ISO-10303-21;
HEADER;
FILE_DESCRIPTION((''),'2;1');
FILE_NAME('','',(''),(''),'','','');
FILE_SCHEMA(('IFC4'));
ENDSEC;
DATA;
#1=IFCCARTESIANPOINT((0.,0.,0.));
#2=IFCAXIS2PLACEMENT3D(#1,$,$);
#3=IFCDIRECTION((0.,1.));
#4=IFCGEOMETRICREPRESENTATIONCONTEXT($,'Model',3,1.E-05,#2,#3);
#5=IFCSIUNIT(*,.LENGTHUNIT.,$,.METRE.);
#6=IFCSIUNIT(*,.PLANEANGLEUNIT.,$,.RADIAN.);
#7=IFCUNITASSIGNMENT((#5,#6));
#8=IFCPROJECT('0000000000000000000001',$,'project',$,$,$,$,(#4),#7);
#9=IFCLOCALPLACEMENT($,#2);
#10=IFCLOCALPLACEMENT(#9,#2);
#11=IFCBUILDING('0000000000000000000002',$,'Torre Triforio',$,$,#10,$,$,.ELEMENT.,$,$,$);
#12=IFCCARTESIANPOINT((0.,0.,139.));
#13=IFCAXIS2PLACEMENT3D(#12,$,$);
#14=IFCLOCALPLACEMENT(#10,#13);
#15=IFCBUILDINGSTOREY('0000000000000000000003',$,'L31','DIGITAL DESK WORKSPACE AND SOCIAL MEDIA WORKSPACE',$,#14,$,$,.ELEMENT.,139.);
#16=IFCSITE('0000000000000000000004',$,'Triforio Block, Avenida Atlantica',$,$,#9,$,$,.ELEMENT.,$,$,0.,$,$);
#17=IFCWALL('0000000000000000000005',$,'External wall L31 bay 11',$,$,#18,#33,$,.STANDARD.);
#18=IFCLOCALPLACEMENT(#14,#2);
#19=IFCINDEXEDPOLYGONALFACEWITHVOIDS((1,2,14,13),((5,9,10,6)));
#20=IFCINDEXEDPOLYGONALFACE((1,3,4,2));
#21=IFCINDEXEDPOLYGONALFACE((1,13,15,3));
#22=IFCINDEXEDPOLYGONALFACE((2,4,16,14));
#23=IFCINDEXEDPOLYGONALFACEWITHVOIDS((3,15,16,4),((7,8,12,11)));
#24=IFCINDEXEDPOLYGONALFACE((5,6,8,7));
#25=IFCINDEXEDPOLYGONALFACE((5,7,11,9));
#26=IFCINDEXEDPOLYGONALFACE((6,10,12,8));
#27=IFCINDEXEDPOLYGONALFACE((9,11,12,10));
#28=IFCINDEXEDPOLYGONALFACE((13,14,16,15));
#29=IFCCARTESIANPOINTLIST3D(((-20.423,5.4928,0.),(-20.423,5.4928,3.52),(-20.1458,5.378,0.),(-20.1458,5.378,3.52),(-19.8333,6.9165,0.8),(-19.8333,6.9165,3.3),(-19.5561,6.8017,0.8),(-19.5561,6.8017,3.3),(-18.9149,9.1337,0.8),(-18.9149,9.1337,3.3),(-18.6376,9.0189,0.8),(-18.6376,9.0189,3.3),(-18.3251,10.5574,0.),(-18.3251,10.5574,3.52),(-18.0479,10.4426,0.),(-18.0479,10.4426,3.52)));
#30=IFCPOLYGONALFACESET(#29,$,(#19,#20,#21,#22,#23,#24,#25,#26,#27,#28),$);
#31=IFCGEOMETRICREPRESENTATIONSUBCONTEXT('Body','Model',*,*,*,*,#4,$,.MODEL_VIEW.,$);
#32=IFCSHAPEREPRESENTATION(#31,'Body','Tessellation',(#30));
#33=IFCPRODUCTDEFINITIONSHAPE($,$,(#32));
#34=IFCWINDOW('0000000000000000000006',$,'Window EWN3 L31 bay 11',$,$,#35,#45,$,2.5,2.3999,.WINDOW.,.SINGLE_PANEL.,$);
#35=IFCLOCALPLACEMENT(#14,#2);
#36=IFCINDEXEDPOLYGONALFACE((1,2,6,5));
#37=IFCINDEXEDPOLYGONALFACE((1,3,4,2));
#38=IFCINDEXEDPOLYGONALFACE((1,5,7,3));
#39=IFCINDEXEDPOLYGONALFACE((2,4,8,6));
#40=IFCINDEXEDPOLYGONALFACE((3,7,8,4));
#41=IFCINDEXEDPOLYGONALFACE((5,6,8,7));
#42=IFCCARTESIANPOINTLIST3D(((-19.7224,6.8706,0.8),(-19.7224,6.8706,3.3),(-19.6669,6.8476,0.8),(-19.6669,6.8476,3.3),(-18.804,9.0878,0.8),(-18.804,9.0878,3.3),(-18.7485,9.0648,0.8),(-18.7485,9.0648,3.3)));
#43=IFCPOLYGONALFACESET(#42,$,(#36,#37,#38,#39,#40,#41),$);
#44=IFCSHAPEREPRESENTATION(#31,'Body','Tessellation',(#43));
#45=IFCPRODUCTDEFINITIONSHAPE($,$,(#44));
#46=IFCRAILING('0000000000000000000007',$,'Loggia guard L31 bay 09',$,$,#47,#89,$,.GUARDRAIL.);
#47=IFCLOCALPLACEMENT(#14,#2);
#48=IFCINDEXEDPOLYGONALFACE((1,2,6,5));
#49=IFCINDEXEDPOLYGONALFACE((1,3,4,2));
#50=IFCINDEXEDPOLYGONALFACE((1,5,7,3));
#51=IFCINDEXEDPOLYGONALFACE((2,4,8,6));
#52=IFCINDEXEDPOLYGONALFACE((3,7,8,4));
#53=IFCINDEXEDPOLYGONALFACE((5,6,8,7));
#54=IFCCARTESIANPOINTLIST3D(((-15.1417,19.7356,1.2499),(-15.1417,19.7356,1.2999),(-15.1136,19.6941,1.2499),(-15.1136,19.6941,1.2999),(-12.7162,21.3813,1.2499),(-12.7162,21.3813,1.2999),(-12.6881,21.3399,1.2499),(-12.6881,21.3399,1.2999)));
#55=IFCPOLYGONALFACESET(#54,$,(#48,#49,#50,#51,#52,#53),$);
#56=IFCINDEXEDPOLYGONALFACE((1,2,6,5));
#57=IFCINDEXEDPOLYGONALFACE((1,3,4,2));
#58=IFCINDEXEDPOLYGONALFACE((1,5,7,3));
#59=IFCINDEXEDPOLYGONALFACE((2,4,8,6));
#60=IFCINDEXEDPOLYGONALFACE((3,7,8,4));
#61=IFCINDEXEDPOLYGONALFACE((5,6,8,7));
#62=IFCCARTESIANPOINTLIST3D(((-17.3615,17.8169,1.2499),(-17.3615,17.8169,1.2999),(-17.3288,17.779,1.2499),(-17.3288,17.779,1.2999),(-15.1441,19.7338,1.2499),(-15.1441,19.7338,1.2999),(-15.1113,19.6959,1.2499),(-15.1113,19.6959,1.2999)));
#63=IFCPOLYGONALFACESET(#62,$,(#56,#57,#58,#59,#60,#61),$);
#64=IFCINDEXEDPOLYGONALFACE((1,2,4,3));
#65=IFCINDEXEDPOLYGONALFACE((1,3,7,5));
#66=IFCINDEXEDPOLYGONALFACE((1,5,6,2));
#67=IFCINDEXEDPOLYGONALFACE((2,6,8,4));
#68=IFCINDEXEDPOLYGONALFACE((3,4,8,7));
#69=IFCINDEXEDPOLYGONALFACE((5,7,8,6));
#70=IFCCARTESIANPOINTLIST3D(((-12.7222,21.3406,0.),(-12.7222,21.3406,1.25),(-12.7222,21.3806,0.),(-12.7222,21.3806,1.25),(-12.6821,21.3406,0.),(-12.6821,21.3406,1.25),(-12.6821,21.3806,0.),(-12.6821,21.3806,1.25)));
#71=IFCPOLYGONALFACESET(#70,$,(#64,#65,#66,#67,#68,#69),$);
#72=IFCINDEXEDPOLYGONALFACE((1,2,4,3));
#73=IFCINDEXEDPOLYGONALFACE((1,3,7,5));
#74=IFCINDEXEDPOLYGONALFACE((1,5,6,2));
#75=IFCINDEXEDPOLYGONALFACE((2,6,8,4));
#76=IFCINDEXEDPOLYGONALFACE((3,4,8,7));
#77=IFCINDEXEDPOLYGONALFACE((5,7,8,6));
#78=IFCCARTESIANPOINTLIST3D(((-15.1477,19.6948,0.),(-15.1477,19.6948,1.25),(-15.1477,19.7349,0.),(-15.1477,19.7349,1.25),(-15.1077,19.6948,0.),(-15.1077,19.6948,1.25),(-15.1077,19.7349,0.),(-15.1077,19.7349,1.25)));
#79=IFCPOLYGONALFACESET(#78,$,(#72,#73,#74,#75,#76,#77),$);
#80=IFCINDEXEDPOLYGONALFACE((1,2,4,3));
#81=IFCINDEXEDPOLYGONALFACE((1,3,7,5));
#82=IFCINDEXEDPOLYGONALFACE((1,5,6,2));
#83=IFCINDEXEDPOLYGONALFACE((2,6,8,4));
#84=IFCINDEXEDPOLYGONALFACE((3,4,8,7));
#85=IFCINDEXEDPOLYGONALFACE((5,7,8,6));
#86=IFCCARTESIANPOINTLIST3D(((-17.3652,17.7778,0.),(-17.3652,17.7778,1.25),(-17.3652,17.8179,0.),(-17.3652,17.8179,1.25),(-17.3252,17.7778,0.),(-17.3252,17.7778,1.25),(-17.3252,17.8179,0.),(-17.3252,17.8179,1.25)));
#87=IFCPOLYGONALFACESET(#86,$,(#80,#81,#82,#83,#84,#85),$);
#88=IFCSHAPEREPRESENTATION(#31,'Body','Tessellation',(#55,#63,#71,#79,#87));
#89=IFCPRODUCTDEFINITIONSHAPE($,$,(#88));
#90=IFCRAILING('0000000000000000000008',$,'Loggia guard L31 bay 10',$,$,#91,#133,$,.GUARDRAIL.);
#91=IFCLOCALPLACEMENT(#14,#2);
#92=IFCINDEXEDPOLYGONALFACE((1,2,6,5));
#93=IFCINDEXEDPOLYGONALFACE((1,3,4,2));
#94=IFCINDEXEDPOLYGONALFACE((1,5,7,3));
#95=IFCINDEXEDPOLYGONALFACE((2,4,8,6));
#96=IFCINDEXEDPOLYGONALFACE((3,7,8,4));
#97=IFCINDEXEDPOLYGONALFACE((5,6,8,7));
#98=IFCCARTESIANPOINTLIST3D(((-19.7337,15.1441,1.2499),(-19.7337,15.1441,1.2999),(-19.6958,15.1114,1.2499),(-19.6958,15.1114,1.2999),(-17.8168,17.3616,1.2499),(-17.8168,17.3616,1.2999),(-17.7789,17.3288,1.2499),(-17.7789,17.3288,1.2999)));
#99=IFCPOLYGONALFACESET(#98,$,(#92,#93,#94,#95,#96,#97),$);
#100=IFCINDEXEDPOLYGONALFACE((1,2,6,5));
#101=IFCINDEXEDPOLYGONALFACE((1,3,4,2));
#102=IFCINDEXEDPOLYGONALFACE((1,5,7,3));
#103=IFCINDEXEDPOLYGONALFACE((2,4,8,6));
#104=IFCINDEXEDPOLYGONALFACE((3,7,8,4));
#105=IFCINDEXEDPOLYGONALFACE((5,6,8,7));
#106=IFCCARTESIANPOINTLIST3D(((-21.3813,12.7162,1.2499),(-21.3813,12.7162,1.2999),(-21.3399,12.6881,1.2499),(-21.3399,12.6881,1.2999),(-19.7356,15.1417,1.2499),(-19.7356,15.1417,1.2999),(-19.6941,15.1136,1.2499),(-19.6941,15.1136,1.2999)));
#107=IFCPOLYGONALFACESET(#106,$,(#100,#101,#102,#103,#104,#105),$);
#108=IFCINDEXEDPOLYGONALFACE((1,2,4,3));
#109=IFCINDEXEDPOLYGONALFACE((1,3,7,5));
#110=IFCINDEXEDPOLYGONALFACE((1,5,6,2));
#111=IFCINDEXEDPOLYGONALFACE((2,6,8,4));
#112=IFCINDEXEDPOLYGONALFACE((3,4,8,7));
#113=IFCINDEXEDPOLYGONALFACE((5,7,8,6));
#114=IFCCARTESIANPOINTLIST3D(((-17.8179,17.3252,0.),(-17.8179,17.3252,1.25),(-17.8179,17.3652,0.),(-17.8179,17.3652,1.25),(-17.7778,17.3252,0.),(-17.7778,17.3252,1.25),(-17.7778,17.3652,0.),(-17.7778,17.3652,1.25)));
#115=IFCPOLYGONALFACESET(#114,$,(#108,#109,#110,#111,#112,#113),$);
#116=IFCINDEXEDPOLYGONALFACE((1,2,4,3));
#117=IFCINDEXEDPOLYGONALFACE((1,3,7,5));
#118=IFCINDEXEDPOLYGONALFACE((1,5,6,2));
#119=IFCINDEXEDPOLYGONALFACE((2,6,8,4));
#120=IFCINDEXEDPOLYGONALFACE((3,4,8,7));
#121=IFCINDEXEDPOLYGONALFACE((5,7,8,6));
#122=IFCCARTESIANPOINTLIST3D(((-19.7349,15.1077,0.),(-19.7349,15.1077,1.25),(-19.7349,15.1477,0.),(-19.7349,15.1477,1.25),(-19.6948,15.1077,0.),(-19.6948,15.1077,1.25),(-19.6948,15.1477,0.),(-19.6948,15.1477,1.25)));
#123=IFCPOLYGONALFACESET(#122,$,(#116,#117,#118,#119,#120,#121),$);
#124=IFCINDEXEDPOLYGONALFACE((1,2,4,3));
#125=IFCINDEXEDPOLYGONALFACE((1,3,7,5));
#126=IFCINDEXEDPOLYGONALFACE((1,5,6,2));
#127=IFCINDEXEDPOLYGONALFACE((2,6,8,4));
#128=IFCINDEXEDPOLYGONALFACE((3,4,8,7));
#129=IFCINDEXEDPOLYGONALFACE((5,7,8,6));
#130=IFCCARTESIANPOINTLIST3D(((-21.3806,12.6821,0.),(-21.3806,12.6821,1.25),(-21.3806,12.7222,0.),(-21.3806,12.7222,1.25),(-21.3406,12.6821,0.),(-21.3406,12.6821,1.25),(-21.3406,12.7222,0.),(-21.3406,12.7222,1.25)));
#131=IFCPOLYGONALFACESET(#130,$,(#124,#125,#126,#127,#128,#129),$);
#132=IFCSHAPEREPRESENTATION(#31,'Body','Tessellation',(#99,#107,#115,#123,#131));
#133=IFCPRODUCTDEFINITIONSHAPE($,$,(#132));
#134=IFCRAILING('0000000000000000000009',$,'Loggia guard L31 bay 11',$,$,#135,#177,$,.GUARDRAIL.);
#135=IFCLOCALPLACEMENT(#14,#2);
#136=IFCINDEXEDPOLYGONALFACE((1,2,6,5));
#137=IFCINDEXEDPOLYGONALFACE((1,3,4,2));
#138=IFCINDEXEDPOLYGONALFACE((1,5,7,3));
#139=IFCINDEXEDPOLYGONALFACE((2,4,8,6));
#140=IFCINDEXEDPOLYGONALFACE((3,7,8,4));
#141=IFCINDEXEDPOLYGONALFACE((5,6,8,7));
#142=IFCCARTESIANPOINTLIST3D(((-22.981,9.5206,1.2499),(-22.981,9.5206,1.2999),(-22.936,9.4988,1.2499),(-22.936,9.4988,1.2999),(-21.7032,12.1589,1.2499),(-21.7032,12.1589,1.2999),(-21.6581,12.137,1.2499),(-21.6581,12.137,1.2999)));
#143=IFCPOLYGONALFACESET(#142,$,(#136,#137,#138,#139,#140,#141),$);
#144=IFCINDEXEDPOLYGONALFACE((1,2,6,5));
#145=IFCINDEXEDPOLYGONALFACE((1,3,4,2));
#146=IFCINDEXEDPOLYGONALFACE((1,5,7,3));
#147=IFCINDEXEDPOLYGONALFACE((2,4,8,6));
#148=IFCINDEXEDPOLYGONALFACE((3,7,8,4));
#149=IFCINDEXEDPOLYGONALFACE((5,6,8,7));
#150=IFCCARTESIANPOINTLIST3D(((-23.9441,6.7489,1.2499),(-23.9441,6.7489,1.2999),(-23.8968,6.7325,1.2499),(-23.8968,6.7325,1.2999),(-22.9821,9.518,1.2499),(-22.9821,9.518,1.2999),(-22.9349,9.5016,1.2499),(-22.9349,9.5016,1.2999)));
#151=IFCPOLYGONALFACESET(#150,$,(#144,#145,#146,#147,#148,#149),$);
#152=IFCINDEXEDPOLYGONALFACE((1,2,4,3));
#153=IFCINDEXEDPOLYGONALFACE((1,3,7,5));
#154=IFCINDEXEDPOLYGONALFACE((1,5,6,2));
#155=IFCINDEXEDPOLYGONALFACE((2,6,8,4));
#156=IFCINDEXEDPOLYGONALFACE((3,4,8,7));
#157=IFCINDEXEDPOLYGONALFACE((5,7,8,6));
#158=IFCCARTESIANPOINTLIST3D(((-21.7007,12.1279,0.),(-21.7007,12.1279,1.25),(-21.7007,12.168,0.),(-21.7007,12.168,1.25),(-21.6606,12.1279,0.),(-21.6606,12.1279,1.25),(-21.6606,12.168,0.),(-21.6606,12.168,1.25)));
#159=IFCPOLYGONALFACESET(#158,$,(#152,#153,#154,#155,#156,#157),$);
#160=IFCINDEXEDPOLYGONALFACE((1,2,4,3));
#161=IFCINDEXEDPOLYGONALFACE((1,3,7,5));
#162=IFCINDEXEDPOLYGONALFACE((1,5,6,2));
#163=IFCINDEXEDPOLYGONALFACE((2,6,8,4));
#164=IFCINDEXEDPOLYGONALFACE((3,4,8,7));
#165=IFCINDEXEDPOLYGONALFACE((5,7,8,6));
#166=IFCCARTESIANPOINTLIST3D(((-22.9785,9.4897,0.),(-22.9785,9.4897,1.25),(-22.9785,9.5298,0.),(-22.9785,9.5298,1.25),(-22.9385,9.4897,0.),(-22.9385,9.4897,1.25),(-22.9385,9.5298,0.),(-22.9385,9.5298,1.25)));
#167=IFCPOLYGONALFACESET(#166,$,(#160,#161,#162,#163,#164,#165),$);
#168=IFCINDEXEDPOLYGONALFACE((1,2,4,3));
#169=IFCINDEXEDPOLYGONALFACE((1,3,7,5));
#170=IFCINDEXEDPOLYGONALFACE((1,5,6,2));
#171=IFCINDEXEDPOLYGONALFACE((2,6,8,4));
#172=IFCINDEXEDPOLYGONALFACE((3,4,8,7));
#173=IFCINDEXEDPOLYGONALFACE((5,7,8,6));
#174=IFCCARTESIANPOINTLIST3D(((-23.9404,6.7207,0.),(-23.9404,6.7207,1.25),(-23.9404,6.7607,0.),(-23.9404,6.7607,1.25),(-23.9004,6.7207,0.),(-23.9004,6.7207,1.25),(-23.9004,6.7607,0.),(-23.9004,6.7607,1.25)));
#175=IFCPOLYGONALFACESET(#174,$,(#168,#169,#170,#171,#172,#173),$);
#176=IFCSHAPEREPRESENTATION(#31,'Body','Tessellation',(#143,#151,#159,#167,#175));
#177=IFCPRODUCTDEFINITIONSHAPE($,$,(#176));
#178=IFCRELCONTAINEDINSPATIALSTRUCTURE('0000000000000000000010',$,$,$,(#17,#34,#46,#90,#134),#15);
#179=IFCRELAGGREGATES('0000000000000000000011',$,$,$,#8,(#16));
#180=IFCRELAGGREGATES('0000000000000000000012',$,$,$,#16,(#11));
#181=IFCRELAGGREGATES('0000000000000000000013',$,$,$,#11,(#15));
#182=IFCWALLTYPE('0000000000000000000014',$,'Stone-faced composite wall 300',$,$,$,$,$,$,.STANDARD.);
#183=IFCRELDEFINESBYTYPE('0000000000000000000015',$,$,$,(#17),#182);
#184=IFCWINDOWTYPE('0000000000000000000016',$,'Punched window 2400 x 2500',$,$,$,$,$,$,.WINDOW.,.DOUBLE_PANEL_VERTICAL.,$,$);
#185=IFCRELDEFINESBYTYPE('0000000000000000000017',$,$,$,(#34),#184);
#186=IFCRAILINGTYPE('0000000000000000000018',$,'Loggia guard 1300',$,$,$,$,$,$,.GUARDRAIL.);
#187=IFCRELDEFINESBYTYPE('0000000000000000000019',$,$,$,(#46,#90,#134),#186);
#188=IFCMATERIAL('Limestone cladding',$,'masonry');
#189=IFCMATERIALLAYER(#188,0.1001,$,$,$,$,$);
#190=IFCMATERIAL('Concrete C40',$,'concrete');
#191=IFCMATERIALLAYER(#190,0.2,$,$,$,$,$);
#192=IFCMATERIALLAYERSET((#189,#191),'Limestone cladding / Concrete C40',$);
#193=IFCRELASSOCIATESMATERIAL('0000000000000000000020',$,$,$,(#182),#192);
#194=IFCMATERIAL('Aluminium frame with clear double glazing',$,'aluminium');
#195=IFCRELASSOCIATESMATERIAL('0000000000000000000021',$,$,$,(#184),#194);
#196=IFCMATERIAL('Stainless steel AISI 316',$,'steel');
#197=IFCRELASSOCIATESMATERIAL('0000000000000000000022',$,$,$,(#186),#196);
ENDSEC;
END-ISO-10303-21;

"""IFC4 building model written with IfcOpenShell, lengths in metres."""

from ifc_helpers import new_model, si_unit, direction, frame, frame_2d, origin, origin_2d, place, context, subcontext, project, spatial, rectangle, extrude, material, layer, layer_set, type_object, element, fill, save


model = new_model("IFC4")

# Units and contexts
model_context = context("Model", 3, precision=1e-05, world=origin(), true_north=direction((0.0, 1.0)))
body_context = subcontext(model_context, "Body", "Model", "MODEL_VIEW")
ifc_project = project(units=[si_unit("LENGTHUNIT", "METRE"), si_unit("PLANEANGLEUNIT", "RADIAN")], contexts=[model_context])

# Site, building, storey
site_placement = place(None, origin())
site = spatial("IfcSite", under=ifc_project, at=site_placement, Name="Triforio Block, Avenida Atlantica", CompositionType="ELEMENT", RefElevation=0.0)
building_placement = place(site_placement, origin())
building = spatial("IfcBuilding", under=site, at=building_placement, Name="Torre Triforio", CompositionType="ELEMENT")
storey_placement = place(building_placement, frame((0.0, 0.0, 139.0)))
storey = spatial("IfcBuildingStorey", under=building, at=storey_placement, Name="L31", Description="DIGITAL DESK WORKSPACE AND SOCIAL MEDIA WORKSPACE", CompositionType="ELEMENT", Elevation=139.0)

# Shared definitions
ifc_material_1 = material(Name="Limestone cladding", Category="masonry")
ifc_material_2 = material(Name="Concrete C40", Category="concrete")

# Shared definitions
ifc_layer_1 = layer(ifc_material_1, 0.1001)
ifc_layer_2 = layer(ifc_material_2, 0.2)
ifc_layer_set_1 = layer_set([ifc_layer_1, ifc_layer_2], Name="Limestone cladding / Concrete C40")
wall_type_1 = type_object("IfcWallType", Name="Stone-faced composite wall 300", PredefinedType="STANDARD", material=ifc_layer_set_1)
ifc_material_3 = material(Name="Aluminium frame with clear double glazing", Category="aluminium")
window_type_1 = type_object("IfcWindowType", Name="Punched window 2400 x 2500", PartitioningType="DOUBLE_PANEL_VERTICAL", PredefinedType="WINDOW", material=ifc_material_3)

# Wall, opening, window
wall_1_placement = place(storey_placement, frame((-18.1865, 10.5, 0.0), z_axis=(0.0, 0.0, 1.0), x_axis=(-0.382689, -0.923877, 0.0)))
wall_1 = element("IfcWall", 1, at=wall_1_placement, inside=storey, type_object=wall_type_1, Name="External wall L31 bay 11", PredefinedType="STANDARD", context=body_context, shape_type="SweptSolid", body=[
    extrude(rectangle(XDim=5.4819, YDim=0.3, at=frame_2d((2.741, 0.0))), origin(), (0.0, 0.0, 1.0), 3.52),
])
opening_1_placement = place(wall_1_placement, frame((1.541, 0.0, 0.8)))
opening_1 = element("IfcOpeningElement", 2, at=opening_1_placement, cuts=wall_1, PredefinedType="OPENING", context=body_context, shape_type="SweptSolid", body=[
    extrude(rectangle(XDim=2.3999, YDim=2.5, at=frame_2d((1.2, 1.25))), frame((0.0, 0.1599, 0.0), z_axis=(0.0, -1.0, 0.0), x_axis=(1.0, 0.0, 0.0)), (0.0, 0.0, 1.0), 0.3201),
])
window_1_placement = place(opening_1_placement, origin())
window_1 = element("IfcWindow", 3, at=window_1_placement, inside=storey, type_object=window_type_1, Name="Window EWN3 L31 bay 11", OverallHeight=2.5, OverallWidth=2.3999, PartitioningType="SINGLE_PANEL", PredefinedType="WINDOW", context=body_context, shape_type="SweptSolid", body=[
    extrude(rectangle(XDim=2.3999, YDim=2.5, at=frame_2d((1.2, 1.25))), frame((0.0, 0.03, 0.0), z_axis=(0.0, -1.0, 0.0), x_axis=(1.0, 0.0, 0.0)), (0.0, 0.0, 1.0), 0.0601),
])
fill(opening_1, window_1)

# Railings
ifc_material_4 = material(Name="Stainless steel AISI 316", Category="steel")
railing_type = type_object("IfcRailingType", Name="Loggia guard 1300", PredefinedType="GUARDRAIL", material=ifc_material_4)
railing_1_placement = place(storey_placement, frame((-12.7021, 21.3606, 0.0)))
element("IfcRailing", 4, at=railing_1_placement, inside=storey, type_object=railing_type, Name="Loggia guard L31 bay 09", PredefinedType="GUARDRAIL", context=body_context, shape_type="SweptSolid", body=[
    extrude(rectangle(XDim=0.05, YDim=0.05, at=origin_2d()), frame((0.0, 0.0, 1.2749), z_axis=(-0.827499, -0.561467, 0.0), x_axis=(0.561467, -0.827499, 0.0)), (0.0, 0.0, 1.0), 2.9312),
    extrude(rectangle(XDim=0.05, YDim=0.05, at=origin_2d()), frame((-2.4255, -1.6458, 1.2749), z_axis=(-0.75651, -0.653982, 0.0), x_axis=(0.653982, -0.75651, 0.0)), (0.0, 0.0, 1.0), 2.9312),
    extrude(rectangle(XDim=0.04, YDim=0.04, at=origin_2d()), origin(), (0.0, 0.0, 1.0), 1.25),
    extrude(rectangle(XDim=0.04, YDim=0.04, at=origin_2d()), frame((-2.4255, -1.6458, 0.0)), (0.0, 0.0, 1.0), 1.25),
    extrude(rectangle(XDim=0.04, YDim=0.04, at=origin_2d()), frame((-4.6431, -3.5627, 0.0)), (0.0, 0.0, 1.0), 1.25),
])
railing_2_placement = place(storey_placement, frame((-17.7979, 17.3452, 0.0)))
element("IfcRailing", 5, at=railing_2_placement, inside=storey, type_object=railing_type, Name="Loggia guard L31 bay 10", PredefinedType="GUARDRAIL", context=body_context, shape_type="SweptSolid", body=[
    extrude(rectangle(XDim=0.05, YDim=0.05, at=origin_2d()), frame((0.0, 0.0, 1.2749), z_axis=(-0.653982, -0.75651, 0.0), x_axis=(0.75651, -0.653982, 0.0)), (0.0, 0.0, 1.0), 2.9312),
    extrude(rectangle(XDim=0.05, YDim=0.05, at=origin_2d()), frame((-1.917, -2.2175, 1.2749), z_axis=(-0.561467, -0.827499, 0.0), x_axis=(0.827499, -0.561467, 0.0)), (0.0, 0.0, 1.0), 2.9312),
    extrude(rectangle(XDim=0.04, YDim=0.04, at=origin_2d()), origin(), (0.0, 0.0, 1.0), 1.25),
    extrude(rectangle(XDim=0.04, YDim=0.04, at=origin_2d()), frame((-1.917, -2.2175, 0.0)), (0.0, 0.0, 1.0), 1.25),
    extrude(rectangle(XDim=0.04, YDim=0.04, at=origin_2d()), frame((-3.5627, -4.6431, 0.0)), (0.0, 0.0, 1.0), 1.25),
])
railing_3_placement = place(storey_placement, frame((-21.6807, 12.1479, 0.0)))
element("IfcRailing", 6, at=railing_3_placement, inside=storey, type_object=railing_type, Name="Loggia guard L31 bay 11", PredefinedType="GUARDRAIL", context=body_context, shape_type="SweptSolid", body=[
    extrude(rectangle(XDim=0.05, YDim=0.05, at=origin_2d()), frame((0.0, 0.0, 1.2749), z_axis=(-0.435918, -0.899986, 0.0), x_axis=(0.899986, -0.435918, 0.0)), (0.0, 0.0, 1.0), 2.9314),
    extrude(rectangle(XDim=0.05, YDim=0.05, at=origin_2d()), frame((-1.2778, -2.6382, 1.2749), z_axis=(-0.328146, -0.944627, 0.0), x_axis=(0.944627, -0.328146, 0.0)), (0.0, 0.0, 1.0), 2.9314),
    extrude(rectangle(XDim=0.04, YDim=0.04, at=origin_2d()), origin(), (0.0, 0.0, 1.0), 1.25),
    extrude(rectangle(XDim=0.04, YDim=0.04, at=origin_2d()), frame((-1.2778, -2.6382, 0.0)), (0.0, 0.0, 1.0), 1.25),
    extrude(rectangle(XDim=0.04, YDim=0.04, at=origin_2d()), frame((-2.2397, -5.4072, 0.0)), (0.0, 0.0, 1.0), 1.25),
])

save(model, "model.ifc")
